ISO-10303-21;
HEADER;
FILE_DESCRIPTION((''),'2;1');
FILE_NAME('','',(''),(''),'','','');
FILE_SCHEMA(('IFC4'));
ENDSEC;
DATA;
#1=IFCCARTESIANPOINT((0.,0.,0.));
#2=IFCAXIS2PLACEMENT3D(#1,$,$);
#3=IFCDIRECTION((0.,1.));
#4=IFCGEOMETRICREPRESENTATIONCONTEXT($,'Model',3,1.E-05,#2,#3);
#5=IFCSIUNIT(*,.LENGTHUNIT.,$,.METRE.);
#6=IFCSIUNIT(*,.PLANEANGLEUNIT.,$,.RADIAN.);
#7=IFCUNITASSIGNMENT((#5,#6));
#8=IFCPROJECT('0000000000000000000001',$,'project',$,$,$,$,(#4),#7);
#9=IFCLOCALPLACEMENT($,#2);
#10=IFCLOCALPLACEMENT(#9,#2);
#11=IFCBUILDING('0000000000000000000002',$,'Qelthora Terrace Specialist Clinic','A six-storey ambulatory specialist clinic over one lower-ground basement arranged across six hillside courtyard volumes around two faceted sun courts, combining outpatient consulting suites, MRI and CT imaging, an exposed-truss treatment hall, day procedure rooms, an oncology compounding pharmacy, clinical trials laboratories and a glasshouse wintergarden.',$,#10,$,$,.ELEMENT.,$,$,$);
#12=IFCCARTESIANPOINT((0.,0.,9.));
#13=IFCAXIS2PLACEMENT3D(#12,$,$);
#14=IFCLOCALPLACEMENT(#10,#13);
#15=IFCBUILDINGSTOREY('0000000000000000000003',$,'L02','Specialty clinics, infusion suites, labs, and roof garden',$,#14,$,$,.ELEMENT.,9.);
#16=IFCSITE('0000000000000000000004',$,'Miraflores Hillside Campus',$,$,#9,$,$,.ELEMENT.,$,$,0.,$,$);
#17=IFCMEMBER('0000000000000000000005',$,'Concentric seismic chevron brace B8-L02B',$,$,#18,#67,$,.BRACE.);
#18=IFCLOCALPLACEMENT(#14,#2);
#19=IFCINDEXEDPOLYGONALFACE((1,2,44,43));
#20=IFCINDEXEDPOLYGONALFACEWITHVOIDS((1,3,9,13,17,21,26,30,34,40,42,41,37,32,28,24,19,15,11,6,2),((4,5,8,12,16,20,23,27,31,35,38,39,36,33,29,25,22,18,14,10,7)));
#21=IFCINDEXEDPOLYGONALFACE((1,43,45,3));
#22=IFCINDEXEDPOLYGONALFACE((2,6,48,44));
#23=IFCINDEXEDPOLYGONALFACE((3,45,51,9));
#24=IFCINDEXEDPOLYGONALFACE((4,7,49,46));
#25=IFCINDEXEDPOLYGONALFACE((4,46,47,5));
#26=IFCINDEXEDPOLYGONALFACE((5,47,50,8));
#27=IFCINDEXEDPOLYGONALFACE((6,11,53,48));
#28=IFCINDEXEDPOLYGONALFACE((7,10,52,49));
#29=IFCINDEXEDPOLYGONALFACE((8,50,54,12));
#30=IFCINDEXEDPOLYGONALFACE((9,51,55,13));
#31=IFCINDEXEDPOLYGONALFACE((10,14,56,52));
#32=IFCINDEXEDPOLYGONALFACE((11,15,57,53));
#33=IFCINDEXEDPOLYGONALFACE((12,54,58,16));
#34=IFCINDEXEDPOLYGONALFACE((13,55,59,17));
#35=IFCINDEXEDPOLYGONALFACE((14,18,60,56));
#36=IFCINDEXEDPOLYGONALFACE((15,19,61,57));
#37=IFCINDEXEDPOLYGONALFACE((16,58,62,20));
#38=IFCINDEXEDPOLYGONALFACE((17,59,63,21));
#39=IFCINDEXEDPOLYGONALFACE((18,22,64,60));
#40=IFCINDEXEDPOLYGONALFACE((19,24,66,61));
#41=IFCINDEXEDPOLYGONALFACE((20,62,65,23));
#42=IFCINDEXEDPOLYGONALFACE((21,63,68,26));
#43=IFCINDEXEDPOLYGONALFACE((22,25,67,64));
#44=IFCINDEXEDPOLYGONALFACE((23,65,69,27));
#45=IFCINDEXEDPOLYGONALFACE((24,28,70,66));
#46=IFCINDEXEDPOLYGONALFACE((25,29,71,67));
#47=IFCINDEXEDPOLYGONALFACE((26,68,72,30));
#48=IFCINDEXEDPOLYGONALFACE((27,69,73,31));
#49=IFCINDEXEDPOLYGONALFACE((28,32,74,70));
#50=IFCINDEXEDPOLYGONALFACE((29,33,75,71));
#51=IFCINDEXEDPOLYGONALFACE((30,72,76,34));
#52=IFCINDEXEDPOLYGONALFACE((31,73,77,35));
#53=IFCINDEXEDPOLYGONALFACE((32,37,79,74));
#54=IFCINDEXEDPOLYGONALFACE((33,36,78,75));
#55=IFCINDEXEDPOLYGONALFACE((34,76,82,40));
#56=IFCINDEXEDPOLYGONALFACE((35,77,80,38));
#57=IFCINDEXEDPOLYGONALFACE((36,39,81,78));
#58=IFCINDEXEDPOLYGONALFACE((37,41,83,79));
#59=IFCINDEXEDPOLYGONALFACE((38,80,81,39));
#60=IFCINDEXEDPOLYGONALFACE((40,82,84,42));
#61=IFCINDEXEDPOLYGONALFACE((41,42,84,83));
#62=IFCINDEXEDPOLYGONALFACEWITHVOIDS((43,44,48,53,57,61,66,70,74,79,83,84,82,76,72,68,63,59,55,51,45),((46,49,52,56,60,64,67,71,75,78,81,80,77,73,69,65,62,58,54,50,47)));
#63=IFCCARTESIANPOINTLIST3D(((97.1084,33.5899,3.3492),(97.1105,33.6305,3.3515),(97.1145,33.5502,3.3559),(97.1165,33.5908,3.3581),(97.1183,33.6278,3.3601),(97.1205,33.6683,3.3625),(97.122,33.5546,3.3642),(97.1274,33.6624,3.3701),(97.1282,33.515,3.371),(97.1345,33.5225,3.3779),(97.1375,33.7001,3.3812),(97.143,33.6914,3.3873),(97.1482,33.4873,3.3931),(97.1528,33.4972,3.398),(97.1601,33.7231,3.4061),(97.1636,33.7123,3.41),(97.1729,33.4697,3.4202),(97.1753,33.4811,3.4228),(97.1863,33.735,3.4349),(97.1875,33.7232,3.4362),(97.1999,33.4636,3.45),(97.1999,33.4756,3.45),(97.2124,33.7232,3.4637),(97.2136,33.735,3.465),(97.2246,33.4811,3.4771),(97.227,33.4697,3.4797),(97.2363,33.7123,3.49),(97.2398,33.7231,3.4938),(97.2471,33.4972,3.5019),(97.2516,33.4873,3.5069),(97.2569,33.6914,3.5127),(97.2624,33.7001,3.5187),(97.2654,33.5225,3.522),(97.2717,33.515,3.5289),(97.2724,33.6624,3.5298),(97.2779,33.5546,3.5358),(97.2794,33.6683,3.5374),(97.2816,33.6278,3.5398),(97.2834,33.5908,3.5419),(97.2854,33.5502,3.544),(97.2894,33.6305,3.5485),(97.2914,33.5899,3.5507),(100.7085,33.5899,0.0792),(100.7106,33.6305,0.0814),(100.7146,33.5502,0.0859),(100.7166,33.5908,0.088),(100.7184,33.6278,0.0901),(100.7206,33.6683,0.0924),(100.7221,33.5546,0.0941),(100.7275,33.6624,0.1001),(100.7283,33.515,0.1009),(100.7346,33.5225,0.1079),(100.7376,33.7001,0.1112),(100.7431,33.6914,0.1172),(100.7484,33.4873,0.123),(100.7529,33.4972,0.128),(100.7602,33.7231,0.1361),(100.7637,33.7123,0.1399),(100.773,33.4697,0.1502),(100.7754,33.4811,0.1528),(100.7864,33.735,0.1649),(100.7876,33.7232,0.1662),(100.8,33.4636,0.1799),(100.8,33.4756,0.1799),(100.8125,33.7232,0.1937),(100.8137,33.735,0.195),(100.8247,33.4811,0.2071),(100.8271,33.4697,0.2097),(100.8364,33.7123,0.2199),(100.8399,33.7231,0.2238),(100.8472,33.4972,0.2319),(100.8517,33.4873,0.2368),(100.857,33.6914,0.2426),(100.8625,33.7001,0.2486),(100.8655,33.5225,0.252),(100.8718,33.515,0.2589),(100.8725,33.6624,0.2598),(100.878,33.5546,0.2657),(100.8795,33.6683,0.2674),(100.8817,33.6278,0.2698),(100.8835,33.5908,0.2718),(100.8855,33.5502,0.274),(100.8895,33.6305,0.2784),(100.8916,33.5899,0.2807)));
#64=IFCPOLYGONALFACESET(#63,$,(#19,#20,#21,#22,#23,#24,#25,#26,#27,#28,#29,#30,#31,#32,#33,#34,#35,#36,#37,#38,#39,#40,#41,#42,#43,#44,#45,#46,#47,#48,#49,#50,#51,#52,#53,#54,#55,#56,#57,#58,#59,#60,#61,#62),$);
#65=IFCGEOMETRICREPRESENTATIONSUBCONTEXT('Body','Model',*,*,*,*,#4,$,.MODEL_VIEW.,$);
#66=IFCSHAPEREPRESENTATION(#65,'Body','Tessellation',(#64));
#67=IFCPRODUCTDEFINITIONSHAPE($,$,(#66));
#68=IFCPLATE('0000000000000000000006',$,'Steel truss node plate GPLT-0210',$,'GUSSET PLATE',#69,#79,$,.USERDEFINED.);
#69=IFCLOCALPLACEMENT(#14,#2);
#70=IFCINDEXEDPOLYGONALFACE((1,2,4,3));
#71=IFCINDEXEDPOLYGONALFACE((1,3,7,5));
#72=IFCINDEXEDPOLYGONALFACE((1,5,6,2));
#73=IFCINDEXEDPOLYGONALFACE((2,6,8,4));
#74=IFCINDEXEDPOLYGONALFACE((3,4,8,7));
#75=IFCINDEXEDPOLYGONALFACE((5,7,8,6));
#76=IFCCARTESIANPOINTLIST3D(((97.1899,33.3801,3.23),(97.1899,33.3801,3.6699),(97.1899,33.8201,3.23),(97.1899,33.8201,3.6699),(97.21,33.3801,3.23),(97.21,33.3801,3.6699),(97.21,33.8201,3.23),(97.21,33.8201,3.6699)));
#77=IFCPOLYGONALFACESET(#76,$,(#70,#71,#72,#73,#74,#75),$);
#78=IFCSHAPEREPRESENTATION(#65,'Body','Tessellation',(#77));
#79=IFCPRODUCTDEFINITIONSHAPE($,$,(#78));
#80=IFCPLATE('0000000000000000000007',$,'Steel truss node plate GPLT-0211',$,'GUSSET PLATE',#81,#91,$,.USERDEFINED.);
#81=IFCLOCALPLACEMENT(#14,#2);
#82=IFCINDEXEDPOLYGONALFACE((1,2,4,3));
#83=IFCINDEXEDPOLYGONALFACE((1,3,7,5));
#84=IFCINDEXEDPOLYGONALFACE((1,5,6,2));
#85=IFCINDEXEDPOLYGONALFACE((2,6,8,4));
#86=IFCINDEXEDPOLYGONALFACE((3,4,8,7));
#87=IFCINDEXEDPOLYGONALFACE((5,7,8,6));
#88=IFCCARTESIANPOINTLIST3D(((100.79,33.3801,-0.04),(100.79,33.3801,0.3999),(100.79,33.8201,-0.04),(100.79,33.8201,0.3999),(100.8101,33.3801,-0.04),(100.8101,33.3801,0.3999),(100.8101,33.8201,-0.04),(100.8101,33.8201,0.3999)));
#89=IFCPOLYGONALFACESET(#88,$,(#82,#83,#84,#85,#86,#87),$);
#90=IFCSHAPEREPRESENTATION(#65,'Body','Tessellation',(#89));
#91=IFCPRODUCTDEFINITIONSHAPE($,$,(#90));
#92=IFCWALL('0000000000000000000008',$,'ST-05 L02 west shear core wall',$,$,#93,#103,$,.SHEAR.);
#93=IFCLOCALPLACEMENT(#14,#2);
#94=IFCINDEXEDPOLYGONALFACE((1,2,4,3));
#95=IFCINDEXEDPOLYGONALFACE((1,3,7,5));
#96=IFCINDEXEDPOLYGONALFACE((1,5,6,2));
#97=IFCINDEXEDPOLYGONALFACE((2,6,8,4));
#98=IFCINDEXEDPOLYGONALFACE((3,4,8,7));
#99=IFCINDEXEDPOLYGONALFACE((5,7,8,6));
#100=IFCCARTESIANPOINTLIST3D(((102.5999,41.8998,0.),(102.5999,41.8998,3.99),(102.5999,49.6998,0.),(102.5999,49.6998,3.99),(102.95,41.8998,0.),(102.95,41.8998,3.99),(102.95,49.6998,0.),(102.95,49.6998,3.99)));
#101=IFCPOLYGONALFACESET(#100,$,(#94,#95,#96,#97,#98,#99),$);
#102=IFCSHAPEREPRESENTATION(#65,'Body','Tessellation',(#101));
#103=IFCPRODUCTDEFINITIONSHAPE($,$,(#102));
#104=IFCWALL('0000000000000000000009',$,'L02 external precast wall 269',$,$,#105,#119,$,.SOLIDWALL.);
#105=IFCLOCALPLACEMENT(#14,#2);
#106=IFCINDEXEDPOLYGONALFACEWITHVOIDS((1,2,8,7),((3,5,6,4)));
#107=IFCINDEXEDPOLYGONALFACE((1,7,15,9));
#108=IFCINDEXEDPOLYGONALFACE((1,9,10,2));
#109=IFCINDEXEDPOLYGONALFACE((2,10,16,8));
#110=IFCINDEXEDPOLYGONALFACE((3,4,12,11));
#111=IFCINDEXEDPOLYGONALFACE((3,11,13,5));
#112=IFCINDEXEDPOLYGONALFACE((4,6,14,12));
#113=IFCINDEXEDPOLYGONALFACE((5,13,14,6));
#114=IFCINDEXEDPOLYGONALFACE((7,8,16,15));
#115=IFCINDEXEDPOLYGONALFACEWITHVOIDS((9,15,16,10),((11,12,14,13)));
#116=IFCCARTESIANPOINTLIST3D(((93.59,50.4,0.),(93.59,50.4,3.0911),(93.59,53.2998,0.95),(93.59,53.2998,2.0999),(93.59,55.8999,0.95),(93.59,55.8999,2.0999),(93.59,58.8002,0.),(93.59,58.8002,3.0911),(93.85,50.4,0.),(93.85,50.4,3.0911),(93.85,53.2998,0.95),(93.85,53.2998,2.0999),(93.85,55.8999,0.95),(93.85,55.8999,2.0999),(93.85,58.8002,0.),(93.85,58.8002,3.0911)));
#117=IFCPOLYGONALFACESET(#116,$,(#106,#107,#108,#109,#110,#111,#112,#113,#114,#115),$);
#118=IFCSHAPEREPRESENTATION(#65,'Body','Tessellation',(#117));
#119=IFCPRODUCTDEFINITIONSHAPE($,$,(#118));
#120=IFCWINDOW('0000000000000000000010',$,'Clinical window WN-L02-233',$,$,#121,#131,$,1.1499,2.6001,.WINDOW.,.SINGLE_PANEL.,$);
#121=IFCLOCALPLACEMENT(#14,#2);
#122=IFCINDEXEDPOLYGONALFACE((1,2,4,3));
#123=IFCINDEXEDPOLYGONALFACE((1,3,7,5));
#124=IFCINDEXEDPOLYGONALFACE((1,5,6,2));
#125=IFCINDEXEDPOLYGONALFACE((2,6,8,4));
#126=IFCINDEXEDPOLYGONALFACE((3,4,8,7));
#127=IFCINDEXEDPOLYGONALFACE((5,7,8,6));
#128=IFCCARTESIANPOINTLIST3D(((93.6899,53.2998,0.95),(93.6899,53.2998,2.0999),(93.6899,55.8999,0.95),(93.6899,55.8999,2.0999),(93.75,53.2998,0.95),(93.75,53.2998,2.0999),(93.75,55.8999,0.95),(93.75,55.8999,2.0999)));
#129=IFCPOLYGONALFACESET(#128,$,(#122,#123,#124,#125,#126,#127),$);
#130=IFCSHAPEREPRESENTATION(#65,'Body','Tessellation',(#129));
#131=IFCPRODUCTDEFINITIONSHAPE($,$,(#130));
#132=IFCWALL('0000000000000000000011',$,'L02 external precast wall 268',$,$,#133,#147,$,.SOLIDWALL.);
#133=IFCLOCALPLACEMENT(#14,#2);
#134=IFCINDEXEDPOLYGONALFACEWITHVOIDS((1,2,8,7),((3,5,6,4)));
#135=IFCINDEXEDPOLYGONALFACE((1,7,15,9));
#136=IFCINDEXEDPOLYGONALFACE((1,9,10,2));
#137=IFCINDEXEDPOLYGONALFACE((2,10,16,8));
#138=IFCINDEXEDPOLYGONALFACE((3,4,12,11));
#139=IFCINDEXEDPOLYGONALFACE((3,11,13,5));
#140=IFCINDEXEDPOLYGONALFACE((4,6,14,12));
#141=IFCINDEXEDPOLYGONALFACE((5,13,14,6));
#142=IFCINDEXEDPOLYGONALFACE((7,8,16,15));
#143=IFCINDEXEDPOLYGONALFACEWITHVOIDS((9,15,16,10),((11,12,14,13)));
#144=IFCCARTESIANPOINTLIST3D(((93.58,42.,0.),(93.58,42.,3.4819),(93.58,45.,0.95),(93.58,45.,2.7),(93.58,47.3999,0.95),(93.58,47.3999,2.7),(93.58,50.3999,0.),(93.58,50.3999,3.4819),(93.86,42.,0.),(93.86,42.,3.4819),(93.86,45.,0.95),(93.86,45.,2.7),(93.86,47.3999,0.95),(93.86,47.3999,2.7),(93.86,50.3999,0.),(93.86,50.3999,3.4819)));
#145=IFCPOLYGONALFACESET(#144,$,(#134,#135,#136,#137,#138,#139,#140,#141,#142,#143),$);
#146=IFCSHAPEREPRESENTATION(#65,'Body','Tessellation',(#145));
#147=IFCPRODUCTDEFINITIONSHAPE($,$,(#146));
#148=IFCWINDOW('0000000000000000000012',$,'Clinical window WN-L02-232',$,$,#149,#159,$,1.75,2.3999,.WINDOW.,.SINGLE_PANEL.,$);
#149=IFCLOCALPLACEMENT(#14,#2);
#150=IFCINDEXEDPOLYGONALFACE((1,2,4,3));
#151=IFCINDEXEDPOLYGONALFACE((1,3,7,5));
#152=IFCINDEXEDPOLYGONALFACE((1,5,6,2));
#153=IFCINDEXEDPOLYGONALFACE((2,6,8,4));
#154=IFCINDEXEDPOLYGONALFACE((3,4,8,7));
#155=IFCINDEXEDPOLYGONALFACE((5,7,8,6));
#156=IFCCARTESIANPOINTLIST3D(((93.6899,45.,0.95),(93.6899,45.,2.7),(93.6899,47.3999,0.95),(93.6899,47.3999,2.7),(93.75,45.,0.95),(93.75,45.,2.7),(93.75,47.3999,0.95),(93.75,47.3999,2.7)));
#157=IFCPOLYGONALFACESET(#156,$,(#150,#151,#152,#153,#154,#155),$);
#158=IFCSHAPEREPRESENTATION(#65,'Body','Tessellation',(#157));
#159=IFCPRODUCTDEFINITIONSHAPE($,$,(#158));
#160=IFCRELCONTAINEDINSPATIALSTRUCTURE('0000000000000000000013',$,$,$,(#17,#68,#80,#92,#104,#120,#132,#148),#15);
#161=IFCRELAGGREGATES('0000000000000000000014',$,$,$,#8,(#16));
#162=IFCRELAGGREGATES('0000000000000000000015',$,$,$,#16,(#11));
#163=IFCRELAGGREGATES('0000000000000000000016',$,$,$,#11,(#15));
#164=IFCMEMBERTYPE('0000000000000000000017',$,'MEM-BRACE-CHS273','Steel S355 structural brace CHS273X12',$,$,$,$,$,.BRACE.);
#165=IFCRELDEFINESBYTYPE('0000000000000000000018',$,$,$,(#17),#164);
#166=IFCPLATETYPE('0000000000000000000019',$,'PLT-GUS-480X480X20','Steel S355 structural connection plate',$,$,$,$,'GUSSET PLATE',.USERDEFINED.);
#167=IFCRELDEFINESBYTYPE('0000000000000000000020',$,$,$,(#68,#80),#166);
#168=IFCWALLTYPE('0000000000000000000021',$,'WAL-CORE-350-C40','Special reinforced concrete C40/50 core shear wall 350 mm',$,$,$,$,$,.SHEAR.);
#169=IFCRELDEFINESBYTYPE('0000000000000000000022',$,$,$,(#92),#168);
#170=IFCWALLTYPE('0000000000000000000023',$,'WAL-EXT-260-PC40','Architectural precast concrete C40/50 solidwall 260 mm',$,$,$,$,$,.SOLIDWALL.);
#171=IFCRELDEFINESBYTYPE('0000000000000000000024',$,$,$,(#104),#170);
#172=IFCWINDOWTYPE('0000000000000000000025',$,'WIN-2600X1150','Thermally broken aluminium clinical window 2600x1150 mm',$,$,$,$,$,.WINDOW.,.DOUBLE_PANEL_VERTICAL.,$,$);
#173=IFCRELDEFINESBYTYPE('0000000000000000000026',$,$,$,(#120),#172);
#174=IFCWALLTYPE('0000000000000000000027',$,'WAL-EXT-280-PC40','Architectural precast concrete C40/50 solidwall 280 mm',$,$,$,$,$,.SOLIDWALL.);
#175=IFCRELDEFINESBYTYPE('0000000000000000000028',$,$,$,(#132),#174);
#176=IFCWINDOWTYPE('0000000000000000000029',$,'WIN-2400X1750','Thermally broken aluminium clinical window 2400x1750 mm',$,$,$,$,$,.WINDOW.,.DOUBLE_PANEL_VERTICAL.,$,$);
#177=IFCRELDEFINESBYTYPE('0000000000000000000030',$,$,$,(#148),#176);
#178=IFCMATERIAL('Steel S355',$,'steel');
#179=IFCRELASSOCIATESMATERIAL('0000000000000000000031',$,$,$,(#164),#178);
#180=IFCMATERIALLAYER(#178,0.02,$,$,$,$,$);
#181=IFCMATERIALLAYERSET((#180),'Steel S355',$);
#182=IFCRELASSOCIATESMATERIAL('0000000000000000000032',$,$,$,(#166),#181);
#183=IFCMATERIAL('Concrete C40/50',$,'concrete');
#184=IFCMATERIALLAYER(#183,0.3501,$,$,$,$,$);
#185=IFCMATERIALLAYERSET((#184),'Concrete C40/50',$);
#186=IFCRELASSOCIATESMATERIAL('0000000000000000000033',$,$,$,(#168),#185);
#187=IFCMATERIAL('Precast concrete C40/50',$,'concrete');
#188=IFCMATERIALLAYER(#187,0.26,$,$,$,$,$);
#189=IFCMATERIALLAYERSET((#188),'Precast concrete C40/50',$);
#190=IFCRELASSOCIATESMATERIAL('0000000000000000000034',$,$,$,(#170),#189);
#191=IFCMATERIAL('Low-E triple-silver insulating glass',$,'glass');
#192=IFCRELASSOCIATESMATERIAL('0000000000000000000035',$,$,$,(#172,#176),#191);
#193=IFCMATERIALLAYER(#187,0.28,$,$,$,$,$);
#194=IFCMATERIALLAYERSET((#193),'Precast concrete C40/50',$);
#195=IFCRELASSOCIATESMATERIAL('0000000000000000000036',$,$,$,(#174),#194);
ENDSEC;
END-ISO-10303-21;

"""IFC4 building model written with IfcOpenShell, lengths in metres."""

from ifc_helpers import new_model, si_unit, direction, frame, frame_2d, origin, origin_2d, place, context, subcontext, project, spatial, rectangle, hollow_circle, extrude, material, layer, layer_set, material_profile, profile_set, type_object, element, fill, save


model = new_model("IFC4")

# Units and contexts
model_context = context("Model", 3, precision=1e-05, world=origin(), true_north=direction((0.0, 1.0)))
body_context = subcontext(model_context, "Body", "Model", "MODEL_VIEW")
ifc_project = project(units=[si_unit("LENGTHUNIT", "METRE"), si_unit("PLANEANGLEUNIT", "RADIAN")], contexts=[model_context])

# Site, building, storey
site_placement = place(None, origin())
site = spatial("IfcSite", under=ifc_project, at=site_placement, Name="Miraflores Hillside Campus", CompositionType="ELEMENT", RefElevation=0.0)
building_placement = place(site_placement, origin())
building = spatial("IfcBuilding", under=site, at=building_placement, Name="Qelthora Terrace Specialist Clinic", Description="A six-storey ambulatory specialist clinic over one lower-ground basement arranged across six hillside courtyard volumes around two faceted sun courts, combining outpatient consulting suites, MRI and CT imaging, an exposed-truss treatment hall, day procedure rooms, an oncology compounding pharmacy, clinical trials laboratories and a glasshouse wintergarden.", CompositionType="ELEMENT")
storey_placement = place(building_placement, frame((0.0, 0.0, 9.0)))
storey = spatial("IfcBuildingStorey", under=building, at=storey_placement, Name="L02", Description="Specialty clinics, infusion suites, labs, and roof garden", CompositionType="ELEMENT", Elevation=9.0)

# Shared definitions
ifc_material_1 = material(Name="Steel S355", Category="steel")

# Member
ifc_material_profile_1 = material_profile(ifc_material_1, hollow_circle(Radius=0.1365, WallThickness=0.012, at=origin_2d()), Name="CHS273X12")
ifc_profile_set_1 = profile_set([ifc_material_profile_1], Name="Steel S355")
member_type = type_object("IfcMemberType", Name="MEM-BRACE-CHS273", Description="Steel S355 structural brace CHS273X12", PredefinedType="BRACE", material=ifc_profile_set_1)
member_placement = place(storey_placement, frame((100.8, 33.6001, 0.1799), z_axis=(-0.740226, 0.0, 0.672358), x_axis=(0.0, -1.0, 0.0)))
element("IfcMember", 1, at=member_placement, inside=storey, type_object=member_type, Name="Concentric seismic chevron brace B8-L02B", PredefinedType="BRACE", context=body_context, shape_type="SweptSolid", body=[
    extrude(hollow_circle(Radius=0.1365, WallThickness=0.012, at=origin_2d()), origin(), (0.0, 0.0, 1.0), 4.8635),
])

# Plates
ifc_layer_1 = layer(ifc_material_1, 0.02)
ifc_layer_set_1 = layer_set([ifc_layer_1], Name="Steel S355")
plate_type = type_object("IfcPlateType", Name="PLT-GUS-480X480X20", Description="Steel S355 structural connection plate", ElementType="GUSSET PLATE", PredefinedType="USERDEFINED", material=ifc_layer_set_1)
for number, where, z_axis, x_axis, name in (
    (2, (97.2, 33.6001, 3.23), (0.0, 0.0, 1.0), (1.0, 0.0, 0.0), "Steel truss node plate GPLT-0210"),
    (3, (100.8, 33.6001, -0.04), (0.0, 0.0, 1.0), (1.0, 0.0, 0.0), "Steel truss node plate GPLT-0211"),
):
    element("IfcPlate", number, at=place(storey_placement, frame(where, z_axis=z_axis, x_axis=x_axis)), inside=storey, type_object=plate_type, Name=name, ObjectType="GUSSET PLATE", PredefinedType="USERDEFINED", context=body_context, shape_type="SweptSolid", body=[
        extrude(rectangle(XDim=0.02, YDim=0.4399, at=origin_2d()), origin(), (0.0, 0.0, 1.0), 0.4399),
    ])

# Wall
ifc_material_2 = material(Name="Concrete C40/50", Category="concrete")
ifc_layer_2 = layer(ifc_material_2, 0.3501)
ifc_layer_set_2 = layer_set([ifc_layer_2], Name="Concrete C40/50")
wall_type_1 = type_object("IfcWallType", Name="WAL-CORE-350-C40", Description="Special reinforced concrete C40/50 core shear wall 350 mm", PredefinedType="SHEAR", material=ifc_layer_set_2)
wall_1_placement = place(storey_placement, frame((102.7749, 41.8999, 0.0), z_axis=(0.0, 0.0, 1.0), x_axis=(0.0, 1.0, 0.0)))
element("IfcWall", 4, at=wall_1_placement, inside=storey, type_object=wall_type_1, Name="ST-05 L02 west shear core wall", PredefinedType="SHEAR", context=body_context, shape_type="SweptSolid", body=[
    extrude(rectangle(XDim=7.8, YDim=0.3501, at=frame_2d((3.8999, 0.0))), origin(), (0.0, 0.0, 1.0), 3.99),
])

# Walls, openings, windows
ifc_material_3 = material(Name="Precast concrete C40/50", Category="concrete")
ifc_layer_3 = layer(ifc_material_3, 0.26)
ifc_layer_set_3 = layer_set([ifc_layer_3], Name="Precast concrete C40/50")
wall_type_2 = type_object("IfcWallType", Name="WAL-EXT-260-PC40", Description="Architectural precast concrete C40/50 solidwall 260 mm", PredefinedType="SOLIDWALL", material=ifc_layer_set_3)
wall_2_placement = place(storey_placement, frame((93.72, 50.3999, 0.0), z_axis=(0.0, 0.0, 1.0), x_axis=(0.0, 1.0, 0.0)))
wall_2 = element("IfcWall", 5, at=wall_2_placement, inside=storey, type_object=wall_type_2, Name="L02 external precast wall 269", PredefinedType="SOLIDWALL", context=body_context, shape_type="SweptSolid", body=[
    extrude(rectangle(XDim=8.4001, YDim=0.26, at=frame_2d((4.2002, 0.0))), origin(), (0.0, 0.0, 1.0), 3.0911),
])
opening_1_placement = place(wall_2_placement, frame((2.8999, 0.0, 0.95)))
opening_1 = element("IfcOpeningElement", 6, at=opening_1_placement, cuts=wall_2, PredefinedType="OPENING", context=body_context, shape_type="SweptSolid", body=[
    extrude(rectangle(XDim=2.6001, YDim=1.1499, at=frame_2d((1.3, 0.575))), frame((0.0, 0.1399, 0.0), z_axis=(0.0, -1.0, 0.0), x_axis=(1.0, 0.0, 0.0)), (0.0, 0.0, 1.0), 0.28),
])
ifc_material_4 = material(Name="Low-E triple-silver insulating glass", Category="glass")
window_type_1 = type_object("IfcWindowType", Name="WIN-2600X1150", Description="Thermally broken aluminium clinical window 2600x1150 mm", PartitioningType="DOUBLE_PANEL_VERTICAL", PredefinedType="WINDOW", material=ifc_material_4)
window_1_placement = place(opening_1_placement, origin())
window_1 = element("IfcWindow", 7, at=window_1_placement, inside=storey, type_object=window_type_1, Name="Clinical window WN-L02-233", OverallHeight=1.1499, OverallWidth=2.6001, PartitioningType="SINGLE_PANEL", PredefinedType="WINDOW", context=body_context, shape_type="SweptSolid", body=[
    extrude(rectangle(XDim=2.6001, YDim=1.1499, at=frame_2d((1.3, 0.575))), frame((0.0, 0.03, 0.0), z_axis=(0.0, -1.0, 0.0), x_axis=(1.0, 0.0, 0.0)), (0.0, 0.0, 1.0), 0.0601),
])
fill(opening_1, window_1)
ifc_layer_4 = layer(ifc_material_3, 0.28)
ifc_layer_set_4 = layer_set([ifc_layer_4], Name="Precast concrete C40/50")
wall_type_3 = type_object("IfcWallType", Name="WAL-EXT-280-PC40", Description="Architectural precast concrete C40/50 solidwall 280 mm", PredefinedType="SOLIDWALL", material=ifc_layer_set_4)
wall_3_placement = place(storey_placement, frame((93.72, 42.0, 0.0), z_axis=(0.0, 0.0, 1.0), x_axis=(0.0, 1.0, 0.0)))
wall_3 = element("IfcWall", 8, at=wall_3_placement, inside=storey, type_object=wall_type_3, Name="L02 external precast wall 268", PredefinedType="SOLIDWALL", context=body_context, shape_type="SweptSolid", body=[
    extrude(rectangle(XDim=8.3999, YDim=0.28, at=frame_2d((4.2, 0.0))), origin(), (0.0, 0.0, 1.0), 3.4819),
])
opening_2_placement = place(wall_3_placement, frame((3.0, 0.0, 0.95)))
opening_2 = element("IfcOpeningElement", 9, at=opening_2_placement, cuts=wall_3, PredefinedType="OPENING", context=body_context, shape_type="SweptSolid", body=[
    extrude(rectangle(XDim=2.3999, YDim=1.75, at=frame_2d((1.2, 0.875))), frame((0.0, 0.1499, 0.0), z_axis=(0.0, -1.0, 0.0), x_axis=(1.0, 0.0, 0.0)), (0.0, 0.0, 1.0), 0.3),
])
window_type_2 = type_object("IfcWindowType", Name="WIN-2400X1750", Description="Thermally broken aluminium clinical window 2400x1750 mm", PartitioningType="DOUBLE_PANEL_VERTICAL", PredefinedType="WINDOW", material=ifc_material_4)
window_2_placement = place(opening_2_placement, origin())
window_2 = element("IfcWindow", 10, at=window_2_placement, inside=storey, type_object=window_type_2, Name="Clinical window WN-L02-232", OverallHeight=1.75, OverallWidth=2.3999, PartitioningType="SINGLE_PANEL", PredefinedType="WINDOW", context=body_context, shape_type="SweptSolid", body=[
    extrude(rectangle(XDim=2.3999, YDim=1.75, at=frame_2d((1.2, 0.875))), frame((0.0, 0.03, 0.0), z_axis=(0.0, -1.0, 0.0), x_axis=(1.0, 0.0, 0.0)), (0.0, 0.0, 1.0), 0.0601),
])
fill(opening_2, window_2)

save(model, "model.ifc")
